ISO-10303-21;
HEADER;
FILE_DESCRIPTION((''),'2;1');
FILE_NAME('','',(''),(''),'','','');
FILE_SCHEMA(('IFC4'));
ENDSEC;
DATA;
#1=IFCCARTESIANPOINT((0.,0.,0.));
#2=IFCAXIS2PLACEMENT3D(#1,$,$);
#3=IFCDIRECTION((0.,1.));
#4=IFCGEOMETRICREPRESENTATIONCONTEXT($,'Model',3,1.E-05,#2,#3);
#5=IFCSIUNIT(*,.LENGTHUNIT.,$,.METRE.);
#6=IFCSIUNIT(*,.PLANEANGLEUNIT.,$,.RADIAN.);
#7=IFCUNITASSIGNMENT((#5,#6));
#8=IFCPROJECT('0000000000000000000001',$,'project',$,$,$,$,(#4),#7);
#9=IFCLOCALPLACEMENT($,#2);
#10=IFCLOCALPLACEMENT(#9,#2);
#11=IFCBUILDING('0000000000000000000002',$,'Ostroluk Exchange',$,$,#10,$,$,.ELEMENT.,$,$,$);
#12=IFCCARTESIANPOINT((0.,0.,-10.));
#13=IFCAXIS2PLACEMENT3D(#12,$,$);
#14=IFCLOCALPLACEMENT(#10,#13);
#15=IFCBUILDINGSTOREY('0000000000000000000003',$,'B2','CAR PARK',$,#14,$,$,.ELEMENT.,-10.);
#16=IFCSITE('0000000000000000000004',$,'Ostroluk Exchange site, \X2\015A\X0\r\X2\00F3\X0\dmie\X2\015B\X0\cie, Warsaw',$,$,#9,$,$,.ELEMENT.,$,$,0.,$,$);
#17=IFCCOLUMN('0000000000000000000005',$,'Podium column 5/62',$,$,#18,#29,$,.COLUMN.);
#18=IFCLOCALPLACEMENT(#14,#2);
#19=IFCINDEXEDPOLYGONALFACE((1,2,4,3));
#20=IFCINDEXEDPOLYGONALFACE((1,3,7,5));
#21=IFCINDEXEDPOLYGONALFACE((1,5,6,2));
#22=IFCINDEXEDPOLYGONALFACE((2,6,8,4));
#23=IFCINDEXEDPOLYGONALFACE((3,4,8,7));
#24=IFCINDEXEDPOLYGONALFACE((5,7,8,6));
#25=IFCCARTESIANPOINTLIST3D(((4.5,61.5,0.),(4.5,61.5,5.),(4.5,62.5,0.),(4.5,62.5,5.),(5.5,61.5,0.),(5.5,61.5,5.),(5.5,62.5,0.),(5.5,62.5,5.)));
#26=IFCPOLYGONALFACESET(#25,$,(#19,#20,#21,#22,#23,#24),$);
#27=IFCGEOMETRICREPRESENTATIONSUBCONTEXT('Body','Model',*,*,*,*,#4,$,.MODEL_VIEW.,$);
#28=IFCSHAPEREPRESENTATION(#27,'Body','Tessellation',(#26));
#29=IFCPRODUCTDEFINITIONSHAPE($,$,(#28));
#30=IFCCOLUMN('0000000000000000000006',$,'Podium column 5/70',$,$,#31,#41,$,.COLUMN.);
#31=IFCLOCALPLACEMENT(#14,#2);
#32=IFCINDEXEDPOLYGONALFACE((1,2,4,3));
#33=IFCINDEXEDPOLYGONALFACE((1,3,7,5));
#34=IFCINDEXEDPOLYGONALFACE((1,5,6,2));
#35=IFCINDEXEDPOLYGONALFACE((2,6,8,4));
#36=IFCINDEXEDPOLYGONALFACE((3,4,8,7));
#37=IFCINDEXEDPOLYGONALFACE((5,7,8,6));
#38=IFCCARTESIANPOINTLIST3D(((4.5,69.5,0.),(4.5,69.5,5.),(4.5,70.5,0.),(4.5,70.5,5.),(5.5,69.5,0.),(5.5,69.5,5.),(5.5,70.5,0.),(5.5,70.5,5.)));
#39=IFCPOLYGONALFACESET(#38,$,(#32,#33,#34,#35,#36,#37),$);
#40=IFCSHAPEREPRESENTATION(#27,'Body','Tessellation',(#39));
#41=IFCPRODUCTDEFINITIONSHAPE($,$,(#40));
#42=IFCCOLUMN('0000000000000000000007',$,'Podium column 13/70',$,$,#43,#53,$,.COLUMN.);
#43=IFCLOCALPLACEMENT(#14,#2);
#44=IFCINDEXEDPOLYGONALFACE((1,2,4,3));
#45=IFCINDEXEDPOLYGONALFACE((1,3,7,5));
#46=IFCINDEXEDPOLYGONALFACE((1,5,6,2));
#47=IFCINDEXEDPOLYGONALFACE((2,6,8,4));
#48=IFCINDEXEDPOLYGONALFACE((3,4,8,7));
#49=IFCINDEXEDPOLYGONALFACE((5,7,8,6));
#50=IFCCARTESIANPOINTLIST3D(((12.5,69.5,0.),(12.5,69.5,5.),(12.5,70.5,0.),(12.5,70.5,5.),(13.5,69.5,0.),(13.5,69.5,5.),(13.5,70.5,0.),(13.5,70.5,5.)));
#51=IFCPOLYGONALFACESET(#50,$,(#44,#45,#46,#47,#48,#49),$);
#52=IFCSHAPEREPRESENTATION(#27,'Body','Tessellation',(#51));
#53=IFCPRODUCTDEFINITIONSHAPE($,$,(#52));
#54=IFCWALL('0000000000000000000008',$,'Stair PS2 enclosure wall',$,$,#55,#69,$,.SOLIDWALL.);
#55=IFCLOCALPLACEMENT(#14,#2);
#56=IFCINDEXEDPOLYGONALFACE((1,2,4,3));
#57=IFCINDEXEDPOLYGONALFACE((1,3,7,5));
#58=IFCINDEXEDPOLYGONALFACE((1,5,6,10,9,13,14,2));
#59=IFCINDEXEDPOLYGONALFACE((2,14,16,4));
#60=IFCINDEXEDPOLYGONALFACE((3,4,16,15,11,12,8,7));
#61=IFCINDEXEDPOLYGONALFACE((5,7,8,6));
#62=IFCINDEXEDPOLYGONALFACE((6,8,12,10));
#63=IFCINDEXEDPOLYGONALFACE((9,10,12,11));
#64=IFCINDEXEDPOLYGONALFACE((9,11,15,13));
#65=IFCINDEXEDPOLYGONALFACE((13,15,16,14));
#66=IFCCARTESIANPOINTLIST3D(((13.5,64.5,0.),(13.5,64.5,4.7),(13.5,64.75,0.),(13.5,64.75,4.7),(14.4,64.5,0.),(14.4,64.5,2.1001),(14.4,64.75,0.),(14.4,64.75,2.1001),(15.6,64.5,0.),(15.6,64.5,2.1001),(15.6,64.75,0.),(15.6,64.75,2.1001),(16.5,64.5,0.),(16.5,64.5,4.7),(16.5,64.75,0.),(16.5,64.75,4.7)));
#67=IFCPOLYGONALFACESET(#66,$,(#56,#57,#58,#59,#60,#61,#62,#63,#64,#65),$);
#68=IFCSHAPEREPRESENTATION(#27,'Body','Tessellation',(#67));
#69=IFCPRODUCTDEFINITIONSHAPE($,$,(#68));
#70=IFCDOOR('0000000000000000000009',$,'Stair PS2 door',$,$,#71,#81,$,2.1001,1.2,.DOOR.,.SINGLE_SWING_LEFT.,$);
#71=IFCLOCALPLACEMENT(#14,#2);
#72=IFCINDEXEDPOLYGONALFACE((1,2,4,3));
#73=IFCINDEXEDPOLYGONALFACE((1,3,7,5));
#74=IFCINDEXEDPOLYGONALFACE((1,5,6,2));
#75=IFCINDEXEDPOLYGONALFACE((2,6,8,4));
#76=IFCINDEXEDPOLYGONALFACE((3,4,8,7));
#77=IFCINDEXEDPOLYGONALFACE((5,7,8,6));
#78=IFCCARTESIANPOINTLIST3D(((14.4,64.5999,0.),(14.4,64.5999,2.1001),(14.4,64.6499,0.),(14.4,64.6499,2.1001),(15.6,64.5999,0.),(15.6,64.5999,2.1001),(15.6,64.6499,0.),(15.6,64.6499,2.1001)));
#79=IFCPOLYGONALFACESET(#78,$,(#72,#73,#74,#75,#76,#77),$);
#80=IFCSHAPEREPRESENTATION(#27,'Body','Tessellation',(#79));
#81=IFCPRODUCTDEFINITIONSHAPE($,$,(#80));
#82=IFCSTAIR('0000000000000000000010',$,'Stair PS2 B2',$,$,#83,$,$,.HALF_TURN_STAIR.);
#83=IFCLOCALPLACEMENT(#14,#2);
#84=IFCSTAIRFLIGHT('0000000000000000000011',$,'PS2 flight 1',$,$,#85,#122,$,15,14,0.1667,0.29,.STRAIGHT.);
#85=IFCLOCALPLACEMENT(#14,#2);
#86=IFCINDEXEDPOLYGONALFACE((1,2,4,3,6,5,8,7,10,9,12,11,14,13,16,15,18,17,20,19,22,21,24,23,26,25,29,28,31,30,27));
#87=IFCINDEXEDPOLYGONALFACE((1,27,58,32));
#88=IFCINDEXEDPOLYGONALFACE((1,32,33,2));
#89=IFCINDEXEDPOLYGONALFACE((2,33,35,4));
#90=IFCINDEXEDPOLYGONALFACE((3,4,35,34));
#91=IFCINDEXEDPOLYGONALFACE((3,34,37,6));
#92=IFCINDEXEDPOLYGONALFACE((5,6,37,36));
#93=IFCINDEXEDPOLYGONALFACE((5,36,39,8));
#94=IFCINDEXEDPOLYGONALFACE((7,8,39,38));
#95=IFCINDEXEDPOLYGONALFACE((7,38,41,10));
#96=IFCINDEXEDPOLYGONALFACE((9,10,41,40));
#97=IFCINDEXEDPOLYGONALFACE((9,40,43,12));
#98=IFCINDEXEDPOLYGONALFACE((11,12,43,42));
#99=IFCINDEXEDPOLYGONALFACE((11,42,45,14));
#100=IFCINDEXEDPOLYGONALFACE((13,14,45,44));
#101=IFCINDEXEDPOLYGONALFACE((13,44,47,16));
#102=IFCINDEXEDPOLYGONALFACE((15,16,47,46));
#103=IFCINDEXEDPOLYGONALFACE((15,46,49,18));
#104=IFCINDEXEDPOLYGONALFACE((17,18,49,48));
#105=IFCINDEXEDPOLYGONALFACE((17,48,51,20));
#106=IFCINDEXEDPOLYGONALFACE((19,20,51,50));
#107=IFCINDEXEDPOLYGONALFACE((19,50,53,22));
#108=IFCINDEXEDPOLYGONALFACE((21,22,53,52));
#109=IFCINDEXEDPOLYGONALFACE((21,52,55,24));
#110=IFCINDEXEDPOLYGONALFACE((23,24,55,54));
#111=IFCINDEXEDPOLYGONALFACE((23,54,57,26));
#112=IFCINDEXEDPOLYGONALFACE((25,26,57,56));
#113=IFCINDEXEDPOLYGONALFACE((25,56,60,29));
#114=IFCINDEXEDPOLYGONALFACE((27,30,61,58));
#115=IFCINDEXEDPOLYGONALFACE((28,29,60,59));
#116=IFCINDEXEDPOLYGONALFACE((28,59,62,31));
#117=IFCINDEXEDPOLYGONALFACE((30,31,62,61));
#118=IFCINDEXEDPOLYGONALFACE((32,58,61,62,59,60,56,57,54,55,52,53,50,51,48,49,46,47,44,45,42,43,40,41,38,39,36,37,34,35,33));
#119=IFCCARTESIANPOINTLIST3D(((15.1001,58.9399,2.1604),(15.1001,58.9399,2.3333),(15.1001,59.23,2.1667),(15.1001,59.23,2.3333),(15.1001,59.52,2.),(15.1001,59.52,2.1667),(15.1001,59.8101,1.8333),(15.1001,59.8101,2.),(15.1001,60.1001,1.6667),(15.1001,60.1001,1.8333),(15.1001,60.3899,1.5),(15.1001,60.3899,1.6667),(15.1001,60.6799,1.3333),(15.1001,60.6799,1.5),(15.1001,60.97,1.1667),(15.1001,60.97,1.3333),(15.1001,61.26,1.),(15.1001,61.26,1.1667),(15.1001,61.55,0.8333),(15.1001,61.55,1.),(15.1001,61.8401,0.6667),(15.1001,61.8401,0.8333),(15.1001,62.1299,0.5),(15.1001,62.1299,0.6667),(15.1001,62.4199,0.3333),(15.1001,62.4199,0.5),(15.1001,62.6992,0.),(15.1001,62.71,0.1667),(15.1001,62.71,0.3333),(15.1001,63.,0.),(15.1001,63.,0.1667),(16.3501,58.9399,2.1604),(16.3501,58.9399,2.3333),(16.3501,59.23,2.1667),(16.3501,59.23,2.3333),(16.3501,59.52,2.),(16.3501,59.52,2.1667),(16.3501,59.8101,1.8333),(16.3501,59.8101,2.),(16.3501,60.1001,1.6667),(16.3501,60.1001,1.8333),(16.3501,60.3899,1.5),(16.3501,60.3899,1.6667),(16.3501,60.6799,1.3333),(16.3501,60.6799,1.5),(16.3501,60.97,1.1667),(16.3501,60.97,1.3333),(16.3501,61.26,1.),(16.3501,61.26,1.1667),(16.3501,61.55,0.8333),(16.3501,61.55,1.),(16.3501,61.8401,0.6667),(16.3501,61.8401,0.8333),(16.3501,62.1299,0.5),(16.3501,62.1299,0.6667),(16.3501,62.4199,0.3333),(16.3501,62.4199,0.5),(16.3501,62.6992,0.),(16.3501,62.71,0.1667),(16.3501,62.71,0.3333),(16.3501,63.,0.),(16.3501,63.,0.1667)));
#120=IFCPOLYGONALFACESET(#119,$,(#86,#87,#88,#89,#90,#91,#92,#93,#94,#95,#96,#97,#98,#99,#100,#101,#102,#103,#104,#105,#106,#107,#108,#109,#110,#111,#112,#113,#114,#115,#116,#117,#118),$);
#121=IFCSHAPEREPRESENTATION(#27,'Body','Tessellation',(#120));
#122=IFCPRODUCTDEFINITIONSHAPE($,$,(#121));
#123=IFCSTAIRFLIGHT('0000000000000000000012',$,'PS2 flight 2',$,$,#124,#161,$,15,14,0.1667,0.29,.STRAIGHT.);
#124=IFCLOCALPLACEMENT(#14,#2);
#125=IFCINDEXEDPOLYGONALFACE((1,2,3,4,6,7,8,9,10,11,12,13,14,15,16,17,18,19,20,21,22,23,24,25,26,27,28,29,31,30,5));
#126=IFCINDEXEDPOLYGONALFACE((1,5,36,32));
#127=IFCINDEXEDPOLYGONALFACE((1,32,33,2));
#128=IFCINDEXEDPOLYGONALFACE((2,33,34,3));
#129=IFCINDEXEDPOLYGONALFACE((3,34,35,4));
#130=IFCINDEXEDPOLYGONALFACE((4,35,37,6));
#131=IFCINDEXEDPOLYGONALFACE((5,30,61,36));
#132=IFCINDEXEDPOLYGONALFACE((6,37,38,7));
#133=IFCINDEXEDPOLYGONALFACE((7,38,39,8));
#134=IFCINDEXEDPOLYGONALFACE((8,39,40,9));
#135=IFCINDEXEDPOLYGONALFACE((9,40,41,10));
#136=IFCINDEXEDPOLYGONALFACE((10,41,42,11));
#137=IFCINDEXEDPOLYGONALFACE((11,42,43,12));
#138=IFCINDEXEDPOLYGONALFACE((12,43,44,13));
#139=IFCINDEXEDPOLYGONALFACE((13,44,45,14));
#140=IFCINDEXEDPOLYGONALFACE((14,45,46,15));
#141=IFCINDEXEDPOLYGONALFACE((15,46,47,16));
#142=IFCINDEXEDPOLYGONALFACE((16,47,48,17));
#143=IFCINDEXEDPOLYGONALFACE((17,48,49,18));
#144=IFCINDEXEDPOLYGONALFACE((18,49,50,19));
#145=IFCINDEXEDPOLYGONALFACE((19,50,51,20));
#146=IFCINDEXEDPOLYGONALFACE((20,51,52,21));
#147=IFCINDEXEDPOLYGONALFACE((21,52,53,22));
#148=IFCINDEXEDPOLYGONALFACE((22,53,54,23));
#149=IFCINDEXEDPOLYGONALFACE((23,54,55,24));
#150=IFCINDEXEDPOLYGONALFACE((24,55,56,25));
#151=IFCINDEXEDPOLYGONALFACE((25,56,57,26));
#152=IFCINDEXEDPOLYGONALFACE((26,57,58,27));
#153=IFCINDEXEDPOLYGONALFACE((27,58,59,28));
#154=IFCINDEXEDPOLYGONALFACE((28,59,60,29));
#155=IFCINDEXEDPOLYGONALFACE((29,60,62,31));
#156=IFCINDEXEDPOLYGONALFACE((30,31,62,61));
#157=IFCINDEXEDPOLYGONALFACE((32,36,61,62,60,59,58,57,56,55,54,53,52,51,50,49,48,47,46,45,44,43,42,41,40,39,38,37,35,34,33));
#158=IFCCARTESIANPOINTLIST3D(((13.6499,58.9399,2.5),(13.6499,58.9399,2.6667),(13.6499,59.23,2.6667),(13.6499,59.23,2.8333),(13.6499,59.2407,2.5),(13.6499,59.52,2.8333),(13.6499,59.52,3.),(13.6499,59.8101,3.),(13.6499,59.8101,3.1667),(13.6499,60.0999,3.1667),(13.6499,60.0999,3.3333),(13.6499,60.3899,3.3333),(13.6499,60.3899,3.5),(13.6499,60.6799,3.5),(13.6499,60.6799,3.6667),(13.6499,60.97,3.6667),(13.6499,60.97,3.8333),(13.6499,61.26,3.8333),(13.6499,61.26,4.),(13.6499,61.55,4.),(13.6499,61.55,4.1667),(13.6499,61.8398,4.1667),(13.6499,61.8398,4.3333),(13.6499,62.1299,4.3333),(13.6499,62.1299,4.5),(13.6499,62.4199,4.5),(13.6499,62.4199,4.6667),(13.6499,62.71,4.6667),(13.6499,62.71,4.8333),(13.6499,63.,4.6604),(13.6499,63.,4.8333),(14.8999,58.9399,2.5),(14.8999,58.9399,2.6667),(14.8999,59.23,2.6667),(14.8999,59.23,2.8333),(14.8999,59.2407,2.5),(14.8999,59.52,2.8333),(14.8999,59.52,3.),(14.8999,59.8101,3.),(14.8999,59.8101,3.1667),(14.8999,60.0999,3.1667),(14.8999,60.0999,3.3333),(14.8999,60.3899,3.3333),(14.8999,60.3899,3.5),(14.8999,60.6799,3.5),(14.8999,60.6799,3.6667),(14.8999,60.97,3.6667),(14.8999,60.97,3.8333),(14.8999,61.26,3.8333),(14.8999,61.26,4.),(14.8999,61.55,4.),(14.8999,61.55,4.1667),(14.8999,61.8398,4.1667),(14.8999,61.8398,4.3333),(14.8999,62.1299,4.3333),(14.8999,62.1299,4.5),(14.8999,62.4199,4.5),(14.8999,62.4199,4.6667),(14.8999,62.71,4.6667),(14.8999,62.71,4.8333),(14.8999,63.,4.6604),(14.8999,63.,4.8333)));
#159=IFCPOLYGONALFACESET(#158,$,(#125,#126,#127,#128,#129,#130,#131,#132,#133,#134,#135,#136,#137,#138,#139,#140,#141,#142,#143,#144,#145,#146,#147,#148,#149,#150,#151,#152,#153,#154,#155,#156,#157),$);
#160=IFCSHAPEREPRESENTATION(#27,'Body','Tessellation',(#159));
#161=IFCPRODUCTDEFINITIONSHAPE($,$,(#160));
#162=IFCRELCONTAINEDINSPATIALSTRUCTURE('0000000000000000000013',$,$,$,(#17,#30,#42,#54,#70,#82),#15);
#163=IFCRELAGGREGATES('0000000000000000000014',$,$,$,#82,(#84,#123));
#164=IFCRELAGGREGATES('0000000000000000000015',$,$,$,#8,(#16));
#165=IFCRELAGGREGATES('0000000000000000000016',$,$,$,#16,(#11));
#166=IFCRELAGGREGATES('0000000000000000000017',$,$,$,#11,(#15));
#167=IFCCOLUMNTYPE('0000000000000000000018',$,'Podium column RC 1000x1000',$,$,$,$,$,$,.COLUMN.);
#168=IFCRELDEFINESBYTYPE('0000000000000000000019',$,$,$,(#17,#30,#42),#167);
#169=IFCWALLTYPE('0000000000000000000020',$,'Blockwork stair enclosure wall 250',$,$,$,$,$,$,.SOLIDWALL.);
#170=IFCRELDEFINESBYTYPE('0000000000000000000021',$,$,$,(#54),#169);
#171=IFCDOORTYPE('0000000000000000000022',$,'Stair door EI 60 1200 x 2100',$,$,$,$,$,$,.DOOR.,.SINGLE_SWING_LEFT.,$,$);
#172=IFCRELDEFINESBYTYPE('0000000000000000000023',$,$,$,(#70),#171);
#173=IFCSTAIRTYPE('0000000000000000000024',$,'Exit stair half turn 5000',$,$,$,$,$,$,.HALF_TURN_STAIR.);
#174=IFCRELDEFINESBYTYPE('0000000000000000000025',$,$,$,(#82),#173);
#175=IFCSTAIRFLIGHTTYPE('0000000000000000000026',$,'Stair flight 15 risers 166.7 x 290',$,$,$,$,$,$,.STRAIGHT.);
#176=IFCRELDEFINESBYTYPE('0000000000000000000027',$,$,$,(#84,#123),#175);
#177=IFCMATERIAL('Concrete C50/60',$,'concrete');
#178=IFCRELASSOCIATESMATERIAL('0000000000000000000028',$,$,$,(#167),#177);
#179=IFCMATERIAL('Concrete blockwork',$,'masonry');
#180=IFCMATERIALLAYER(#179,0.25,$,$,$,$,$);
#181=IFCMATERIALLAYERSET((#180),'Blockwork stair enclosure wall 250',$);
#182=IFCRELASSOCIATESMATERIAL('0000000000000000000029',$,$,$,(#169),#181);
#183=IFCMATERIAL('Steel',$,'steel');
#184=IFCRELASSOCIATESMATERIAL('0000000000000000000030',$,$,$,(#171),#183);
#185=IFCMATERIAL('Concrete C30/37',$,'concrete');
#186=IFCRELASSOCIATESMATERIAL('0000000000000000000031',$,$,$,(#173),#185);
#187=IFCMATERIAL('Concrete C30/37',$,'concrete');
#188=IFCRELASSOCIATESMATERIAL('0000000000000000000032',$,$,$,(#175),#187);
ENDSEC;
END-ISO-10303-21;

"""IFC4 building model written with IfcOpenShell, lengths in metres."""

from ifc_helpers import new_model, si_unit, direction, frame, frame_2d, origin, origin_2d, place, context, subcontext, project, spatial, polyline, rectangle, outline, extrude, material, layer, layer_set, material_profile, profile_set, type_object, element, fill, aggregate, save


model = new_model("IFC4")

# Units and contexts
model_context = context("Model", 3, precision=1e-05, world=origin(), true_north=direction((0.0, 1.0)))
body_context = subcontext(model_context, "Body", "Model", "MODEL_VIEW")
ifc_project = project(units=[si_unit("LENGTHUNIT", "METRE"), si_unit("PLANEANGLEUNIT", "RADIAN")], contexts=[model_context])

# Site, building, storey
site_placement = place(None, origin())
site = spatial("IfcSite", under=ifc_project, at=site_placement, Name="Ostroluk Exchange site, Śródmieście, Warsaw", CompositionType="ELEMENT", RefElevation=0.0)
building_placement = place(site_placement, origin())
building = spatial("IfcBuilding", under=site, at=building_placement, Name="Ostroluk Exchange", CompositionType="ELEMENT")
storey_placement = place(building_placement, frame((0.0, 0.0, -10.0)))
storey = spatial("IfcBuildingStorey", under=building, at=storey_placement, Name="B2", Description="CAR PARK", CompositionType="ELEMENT", Elevation=-10.0)

# Columns
ifc_material_1 = material(Name="Concrete C50/60", Category="concrete")
ifc_material_profile = material_profile(ifc_material_1, rectangle(XDim=1.0, YDim=1.0, at=origin_2d()), Name="RC 1000x1000")
ifc_profile_set = profile_set([ifc_material_profile], Name="Concrete C50/60")
column_type = type_object("IfcColumnType", Name="Podium column RC 1000x1000", PredefinedType="COLUMN", material=ifc_profile_set)
for number, where, z_axis, x_axis, name in (
    (1, (5.0, 62.0, 0.0), (0.0, 0.0, 1.0), (1.0, 0.0, 0.0), "Podium column 5/62"),
    (2, (5.0, 70.0, 0.0), (0.0, 0.0, 1.0), (1.0, 0.0, 0.0), "Podium column 5/70"),
    (3, (13.0, 70.0, 0.0), (0.0, 0.0, 1.0), (1.0, 0.0, 0.0), "Podium column 13/70"),
):
    element("IfcColumn", number, at=place(storey_placement, frame(where, z_axis=z_axis, x_axis=x_axis)), inside=storey, type_object=column_type, Name=name, PredefinedType="COLUMN", context=body_context, shape_type="SweptSolid", body=[
        extrude(rectangle(XDim=1.0, YDim=1.0, at=origin_2d()), origin(), (0.0, 0.0, 1.0), 5.0),
    ])

# Wall, opening, door
ifc_material_2 = material(Name="Concrete blockwork", Category="masonry")
ifc_layer_1 = layer(ifc_material_2, 0.25)
ifc_layer_set_1 = layer_set([ifc_layer_1], Name="Blockwork stair enclosure wall 250")
wall_type = type_object("IfcWallType", Name="Blockwork stair enclosure wall 250", PredefinedType="SOLIDWALL", material=ifc_layer_set_1)
wall_placement = place(storey_placement, frame((13.5, 64.625, 0.0), z_axis=(0.0, 0.0, 1.0), x_axis=(1.0, 0.0, 0.0)))
wall = element("IfcWall", 4, at=wall_placement, inside=storey, type_object=wall_type, Name="Stair PS2 enclosure wall", PredefinedType="SOLIDWALL", context=body_context, shape_type="SweptSolid", body=[
    extrude(rectangle(XDim=3.0, YDim=0.25, at=frame_2d((1.5, 0.0))), origin(), (0.0, 0.0, 1.0), 4.7),
])
opening_placement = place(wall_placement, frame((0.8999, 0.0, 0.0)))
opening = element("IfcOpeningElement", 5, at=opening_placement, cuts=wall, PredefinedType="OPENING", context=body_context, shape_type="SweptSolid", body=[
    extrude(rectangle(XDim=1.2, YDim=2.1001, at=frame_2d((0.6001, 1.05))), frame((0.0, 0.135, 0.0), z_axis=(0.0, -1.0, 0.0), x_axis=(1.0, 0.0, 0.0)), (0.0, 0.0, 1.0), 0.27),
])
ifc_material_3 = material(Name="Steel", Category="steel")
door_type = type_object("IfcDoorType", Name="Stair door EI 60 1200 x 2100", OperationType="SINGLE_SWING_LEFT", PredefinedType="DOOR", material=ifc_material_3)
door_placement = place(opening_placement, origin())
door = element("IfcDoor", 6, at=door_placement, inside=storey, type_object=door_type, Name="Stair PS2 door", OperationType="SINGLE_SWING_LEFT", OverallHeight=2.1001, OverallWidth=1.2, PredefinedType="DOOR", context=body_context, shape_type="SweptSolid", body=[
    extrude(rectangle(XDim=1.2, YDim=2.1001, at=frame_2d((0.6001, 1.05))), frame((0.0, 0.0249, 0.0), z_axis=(0.0, -1.0, 0.0), x_axis=(1.0, 0.0, 0.0)), (0.0, 0.0, 1.0), 0.05),
])
fill(opening, door)

# Stair, stair flights
ifc_material_4 = material(Name="Concrete C30/37", Category="concrete")
stair_type = type_object("IfcStairType", Name="Exit stair half turn 5000", PredefinedType="HALF_TURN_STAIR", material=ifc_material_4)
stair_placement = place(storey_placement, origin())
stair = element("IfcStair", 7, at=stair_placement, inside=storey, type_object=stair_type, Name="Stair PS2 B2", PredefinedType="HALF_TURN_STAIR")
ifc_material_5 = material(Name="Concrete C30/37", Category="concrete")
stair_flight_type = type_object("IfcStairFlightType", Name="Stair flight 15 risers 166.7 x 290", PredefinedType="STRAIGHT", material=ifc_material_5)
stair_flight_1_placement = place(storey_placement, frame((15.7251, 63.0, 0.0), z_axis=(0.0, 0.0, 1.0), x_axis=(0.0, -1.0, 0.0)))
stair_flight_1 = element("IfcStairFlight", 8, at=stair_flight_1_placement, type_object=stair_flight_type, Name="PS2 flight 1", NumberOfRisers=15, NumberOfTreads=14, PredefinedType="STRAIGHT", RiserHeight=0.1667, TreadLength=0.29, context=body_context, shape_type="SweptSolid", body=[
    extrude(outline(polyline([(0.0, 0.0), (0.0, 0.1667), (0.29, 0.1667), (0.29, 0.3333), (0.5801, 0.3333), (0.5801, 0.5), (0.8701, 0.5), (0.8701, 0.6667), (1.1599, 0.6667), (1.1599, 0.8333), (1.45, 0.8333), (1.45, 1.0), (1.74, 1.0), (1.74, 1.1667), (2.03, 1.1667), (2.03, 1.3333), (2.3201, 1.3333), (2.3201, 1.5), (2.6101, 1.5), (2.6101, 1.6667), (2.8999, 1.6667), (2.8999, 1.8333), (3.1899, 1.8333), (3.1899, 2.0), (3.48, 2.0), (3.48, 2.1667), (3.77, 2.1667), (3.77, 2.3333), (4.0601, 2.3333), (4.0601, 2.5), (4.0601, 2.1604), (0.3008, 0.0), (0.0, 0.0)])), frame((0.0, 0.625, 0.0), z_axis=(0.0, -1.0, 0.0), x_axis=(1.0, 0.0, 0.0)), (0.0, 0.0, 1.0), 1.25),
])
stair_flight_2_placement = place(storey_placement, frame((14.2749, 58.9399, 2.5), z_axis=(0.0, 0.0, 1.0), x_axis=(0.0, 1.0, 0.0)))
stair_flight_2 = element("IfcStairFlight", 9, at=stair_flight_2_placement, type_object=stair_flight_type, Name="PS2 flight 2", NumberOfRisers=15, NumberOfTreads=14, PredefinedType="STRAIGHT", RiserHeight=0.1667, TreadLength=0.29, context=body_context, shape_type="SweptSolid", body=[
    extrude(outline(polyline([(0.0, 0.0), (0.0, 0.1667), (0.29, 0.1667), (0.29, 0.3333), (0.5801, 0.3333), (0.5801, 0.5), (0.8701, 0.5), (0.8701, 0.6667), (1.1599, 0.6667), (1.1599, 0.8333), (1.45, 0.8333), (1.45, 1.0), (1.74, 1.0), (1.74, 1.1667), (2.03, 1.1667), (2.03, 1.3333), (2.3201, 1.3333), (2.3201, 1.5), (2.6101, 1.5), (2.6101, 1.6667), (2.8999, 1.6667), (2.8999, 1.8333), (3.1899, 1.8333), (3.1899, 2.0), (3.48, 2.0), (3.48, 2.1667), (3.77, 2.1667), (3.77, 2.3333), (4.0601, 2.3333), (4.0601, 2.5), (4.0601, 2.1604), (0.3008, 0.0), (0.0, 0.0)])), frame((0.0, 0.625, 0.0), z_axis=(0.0, -1.0, 0.0), x_axis=(1.0, 0.0, 0.0)), (0.0, 0.0, 1.0), 1.25),
])
aggregate(stair, [stair_flight_1, stair_flight_2])

save(model, "model.ifc")
